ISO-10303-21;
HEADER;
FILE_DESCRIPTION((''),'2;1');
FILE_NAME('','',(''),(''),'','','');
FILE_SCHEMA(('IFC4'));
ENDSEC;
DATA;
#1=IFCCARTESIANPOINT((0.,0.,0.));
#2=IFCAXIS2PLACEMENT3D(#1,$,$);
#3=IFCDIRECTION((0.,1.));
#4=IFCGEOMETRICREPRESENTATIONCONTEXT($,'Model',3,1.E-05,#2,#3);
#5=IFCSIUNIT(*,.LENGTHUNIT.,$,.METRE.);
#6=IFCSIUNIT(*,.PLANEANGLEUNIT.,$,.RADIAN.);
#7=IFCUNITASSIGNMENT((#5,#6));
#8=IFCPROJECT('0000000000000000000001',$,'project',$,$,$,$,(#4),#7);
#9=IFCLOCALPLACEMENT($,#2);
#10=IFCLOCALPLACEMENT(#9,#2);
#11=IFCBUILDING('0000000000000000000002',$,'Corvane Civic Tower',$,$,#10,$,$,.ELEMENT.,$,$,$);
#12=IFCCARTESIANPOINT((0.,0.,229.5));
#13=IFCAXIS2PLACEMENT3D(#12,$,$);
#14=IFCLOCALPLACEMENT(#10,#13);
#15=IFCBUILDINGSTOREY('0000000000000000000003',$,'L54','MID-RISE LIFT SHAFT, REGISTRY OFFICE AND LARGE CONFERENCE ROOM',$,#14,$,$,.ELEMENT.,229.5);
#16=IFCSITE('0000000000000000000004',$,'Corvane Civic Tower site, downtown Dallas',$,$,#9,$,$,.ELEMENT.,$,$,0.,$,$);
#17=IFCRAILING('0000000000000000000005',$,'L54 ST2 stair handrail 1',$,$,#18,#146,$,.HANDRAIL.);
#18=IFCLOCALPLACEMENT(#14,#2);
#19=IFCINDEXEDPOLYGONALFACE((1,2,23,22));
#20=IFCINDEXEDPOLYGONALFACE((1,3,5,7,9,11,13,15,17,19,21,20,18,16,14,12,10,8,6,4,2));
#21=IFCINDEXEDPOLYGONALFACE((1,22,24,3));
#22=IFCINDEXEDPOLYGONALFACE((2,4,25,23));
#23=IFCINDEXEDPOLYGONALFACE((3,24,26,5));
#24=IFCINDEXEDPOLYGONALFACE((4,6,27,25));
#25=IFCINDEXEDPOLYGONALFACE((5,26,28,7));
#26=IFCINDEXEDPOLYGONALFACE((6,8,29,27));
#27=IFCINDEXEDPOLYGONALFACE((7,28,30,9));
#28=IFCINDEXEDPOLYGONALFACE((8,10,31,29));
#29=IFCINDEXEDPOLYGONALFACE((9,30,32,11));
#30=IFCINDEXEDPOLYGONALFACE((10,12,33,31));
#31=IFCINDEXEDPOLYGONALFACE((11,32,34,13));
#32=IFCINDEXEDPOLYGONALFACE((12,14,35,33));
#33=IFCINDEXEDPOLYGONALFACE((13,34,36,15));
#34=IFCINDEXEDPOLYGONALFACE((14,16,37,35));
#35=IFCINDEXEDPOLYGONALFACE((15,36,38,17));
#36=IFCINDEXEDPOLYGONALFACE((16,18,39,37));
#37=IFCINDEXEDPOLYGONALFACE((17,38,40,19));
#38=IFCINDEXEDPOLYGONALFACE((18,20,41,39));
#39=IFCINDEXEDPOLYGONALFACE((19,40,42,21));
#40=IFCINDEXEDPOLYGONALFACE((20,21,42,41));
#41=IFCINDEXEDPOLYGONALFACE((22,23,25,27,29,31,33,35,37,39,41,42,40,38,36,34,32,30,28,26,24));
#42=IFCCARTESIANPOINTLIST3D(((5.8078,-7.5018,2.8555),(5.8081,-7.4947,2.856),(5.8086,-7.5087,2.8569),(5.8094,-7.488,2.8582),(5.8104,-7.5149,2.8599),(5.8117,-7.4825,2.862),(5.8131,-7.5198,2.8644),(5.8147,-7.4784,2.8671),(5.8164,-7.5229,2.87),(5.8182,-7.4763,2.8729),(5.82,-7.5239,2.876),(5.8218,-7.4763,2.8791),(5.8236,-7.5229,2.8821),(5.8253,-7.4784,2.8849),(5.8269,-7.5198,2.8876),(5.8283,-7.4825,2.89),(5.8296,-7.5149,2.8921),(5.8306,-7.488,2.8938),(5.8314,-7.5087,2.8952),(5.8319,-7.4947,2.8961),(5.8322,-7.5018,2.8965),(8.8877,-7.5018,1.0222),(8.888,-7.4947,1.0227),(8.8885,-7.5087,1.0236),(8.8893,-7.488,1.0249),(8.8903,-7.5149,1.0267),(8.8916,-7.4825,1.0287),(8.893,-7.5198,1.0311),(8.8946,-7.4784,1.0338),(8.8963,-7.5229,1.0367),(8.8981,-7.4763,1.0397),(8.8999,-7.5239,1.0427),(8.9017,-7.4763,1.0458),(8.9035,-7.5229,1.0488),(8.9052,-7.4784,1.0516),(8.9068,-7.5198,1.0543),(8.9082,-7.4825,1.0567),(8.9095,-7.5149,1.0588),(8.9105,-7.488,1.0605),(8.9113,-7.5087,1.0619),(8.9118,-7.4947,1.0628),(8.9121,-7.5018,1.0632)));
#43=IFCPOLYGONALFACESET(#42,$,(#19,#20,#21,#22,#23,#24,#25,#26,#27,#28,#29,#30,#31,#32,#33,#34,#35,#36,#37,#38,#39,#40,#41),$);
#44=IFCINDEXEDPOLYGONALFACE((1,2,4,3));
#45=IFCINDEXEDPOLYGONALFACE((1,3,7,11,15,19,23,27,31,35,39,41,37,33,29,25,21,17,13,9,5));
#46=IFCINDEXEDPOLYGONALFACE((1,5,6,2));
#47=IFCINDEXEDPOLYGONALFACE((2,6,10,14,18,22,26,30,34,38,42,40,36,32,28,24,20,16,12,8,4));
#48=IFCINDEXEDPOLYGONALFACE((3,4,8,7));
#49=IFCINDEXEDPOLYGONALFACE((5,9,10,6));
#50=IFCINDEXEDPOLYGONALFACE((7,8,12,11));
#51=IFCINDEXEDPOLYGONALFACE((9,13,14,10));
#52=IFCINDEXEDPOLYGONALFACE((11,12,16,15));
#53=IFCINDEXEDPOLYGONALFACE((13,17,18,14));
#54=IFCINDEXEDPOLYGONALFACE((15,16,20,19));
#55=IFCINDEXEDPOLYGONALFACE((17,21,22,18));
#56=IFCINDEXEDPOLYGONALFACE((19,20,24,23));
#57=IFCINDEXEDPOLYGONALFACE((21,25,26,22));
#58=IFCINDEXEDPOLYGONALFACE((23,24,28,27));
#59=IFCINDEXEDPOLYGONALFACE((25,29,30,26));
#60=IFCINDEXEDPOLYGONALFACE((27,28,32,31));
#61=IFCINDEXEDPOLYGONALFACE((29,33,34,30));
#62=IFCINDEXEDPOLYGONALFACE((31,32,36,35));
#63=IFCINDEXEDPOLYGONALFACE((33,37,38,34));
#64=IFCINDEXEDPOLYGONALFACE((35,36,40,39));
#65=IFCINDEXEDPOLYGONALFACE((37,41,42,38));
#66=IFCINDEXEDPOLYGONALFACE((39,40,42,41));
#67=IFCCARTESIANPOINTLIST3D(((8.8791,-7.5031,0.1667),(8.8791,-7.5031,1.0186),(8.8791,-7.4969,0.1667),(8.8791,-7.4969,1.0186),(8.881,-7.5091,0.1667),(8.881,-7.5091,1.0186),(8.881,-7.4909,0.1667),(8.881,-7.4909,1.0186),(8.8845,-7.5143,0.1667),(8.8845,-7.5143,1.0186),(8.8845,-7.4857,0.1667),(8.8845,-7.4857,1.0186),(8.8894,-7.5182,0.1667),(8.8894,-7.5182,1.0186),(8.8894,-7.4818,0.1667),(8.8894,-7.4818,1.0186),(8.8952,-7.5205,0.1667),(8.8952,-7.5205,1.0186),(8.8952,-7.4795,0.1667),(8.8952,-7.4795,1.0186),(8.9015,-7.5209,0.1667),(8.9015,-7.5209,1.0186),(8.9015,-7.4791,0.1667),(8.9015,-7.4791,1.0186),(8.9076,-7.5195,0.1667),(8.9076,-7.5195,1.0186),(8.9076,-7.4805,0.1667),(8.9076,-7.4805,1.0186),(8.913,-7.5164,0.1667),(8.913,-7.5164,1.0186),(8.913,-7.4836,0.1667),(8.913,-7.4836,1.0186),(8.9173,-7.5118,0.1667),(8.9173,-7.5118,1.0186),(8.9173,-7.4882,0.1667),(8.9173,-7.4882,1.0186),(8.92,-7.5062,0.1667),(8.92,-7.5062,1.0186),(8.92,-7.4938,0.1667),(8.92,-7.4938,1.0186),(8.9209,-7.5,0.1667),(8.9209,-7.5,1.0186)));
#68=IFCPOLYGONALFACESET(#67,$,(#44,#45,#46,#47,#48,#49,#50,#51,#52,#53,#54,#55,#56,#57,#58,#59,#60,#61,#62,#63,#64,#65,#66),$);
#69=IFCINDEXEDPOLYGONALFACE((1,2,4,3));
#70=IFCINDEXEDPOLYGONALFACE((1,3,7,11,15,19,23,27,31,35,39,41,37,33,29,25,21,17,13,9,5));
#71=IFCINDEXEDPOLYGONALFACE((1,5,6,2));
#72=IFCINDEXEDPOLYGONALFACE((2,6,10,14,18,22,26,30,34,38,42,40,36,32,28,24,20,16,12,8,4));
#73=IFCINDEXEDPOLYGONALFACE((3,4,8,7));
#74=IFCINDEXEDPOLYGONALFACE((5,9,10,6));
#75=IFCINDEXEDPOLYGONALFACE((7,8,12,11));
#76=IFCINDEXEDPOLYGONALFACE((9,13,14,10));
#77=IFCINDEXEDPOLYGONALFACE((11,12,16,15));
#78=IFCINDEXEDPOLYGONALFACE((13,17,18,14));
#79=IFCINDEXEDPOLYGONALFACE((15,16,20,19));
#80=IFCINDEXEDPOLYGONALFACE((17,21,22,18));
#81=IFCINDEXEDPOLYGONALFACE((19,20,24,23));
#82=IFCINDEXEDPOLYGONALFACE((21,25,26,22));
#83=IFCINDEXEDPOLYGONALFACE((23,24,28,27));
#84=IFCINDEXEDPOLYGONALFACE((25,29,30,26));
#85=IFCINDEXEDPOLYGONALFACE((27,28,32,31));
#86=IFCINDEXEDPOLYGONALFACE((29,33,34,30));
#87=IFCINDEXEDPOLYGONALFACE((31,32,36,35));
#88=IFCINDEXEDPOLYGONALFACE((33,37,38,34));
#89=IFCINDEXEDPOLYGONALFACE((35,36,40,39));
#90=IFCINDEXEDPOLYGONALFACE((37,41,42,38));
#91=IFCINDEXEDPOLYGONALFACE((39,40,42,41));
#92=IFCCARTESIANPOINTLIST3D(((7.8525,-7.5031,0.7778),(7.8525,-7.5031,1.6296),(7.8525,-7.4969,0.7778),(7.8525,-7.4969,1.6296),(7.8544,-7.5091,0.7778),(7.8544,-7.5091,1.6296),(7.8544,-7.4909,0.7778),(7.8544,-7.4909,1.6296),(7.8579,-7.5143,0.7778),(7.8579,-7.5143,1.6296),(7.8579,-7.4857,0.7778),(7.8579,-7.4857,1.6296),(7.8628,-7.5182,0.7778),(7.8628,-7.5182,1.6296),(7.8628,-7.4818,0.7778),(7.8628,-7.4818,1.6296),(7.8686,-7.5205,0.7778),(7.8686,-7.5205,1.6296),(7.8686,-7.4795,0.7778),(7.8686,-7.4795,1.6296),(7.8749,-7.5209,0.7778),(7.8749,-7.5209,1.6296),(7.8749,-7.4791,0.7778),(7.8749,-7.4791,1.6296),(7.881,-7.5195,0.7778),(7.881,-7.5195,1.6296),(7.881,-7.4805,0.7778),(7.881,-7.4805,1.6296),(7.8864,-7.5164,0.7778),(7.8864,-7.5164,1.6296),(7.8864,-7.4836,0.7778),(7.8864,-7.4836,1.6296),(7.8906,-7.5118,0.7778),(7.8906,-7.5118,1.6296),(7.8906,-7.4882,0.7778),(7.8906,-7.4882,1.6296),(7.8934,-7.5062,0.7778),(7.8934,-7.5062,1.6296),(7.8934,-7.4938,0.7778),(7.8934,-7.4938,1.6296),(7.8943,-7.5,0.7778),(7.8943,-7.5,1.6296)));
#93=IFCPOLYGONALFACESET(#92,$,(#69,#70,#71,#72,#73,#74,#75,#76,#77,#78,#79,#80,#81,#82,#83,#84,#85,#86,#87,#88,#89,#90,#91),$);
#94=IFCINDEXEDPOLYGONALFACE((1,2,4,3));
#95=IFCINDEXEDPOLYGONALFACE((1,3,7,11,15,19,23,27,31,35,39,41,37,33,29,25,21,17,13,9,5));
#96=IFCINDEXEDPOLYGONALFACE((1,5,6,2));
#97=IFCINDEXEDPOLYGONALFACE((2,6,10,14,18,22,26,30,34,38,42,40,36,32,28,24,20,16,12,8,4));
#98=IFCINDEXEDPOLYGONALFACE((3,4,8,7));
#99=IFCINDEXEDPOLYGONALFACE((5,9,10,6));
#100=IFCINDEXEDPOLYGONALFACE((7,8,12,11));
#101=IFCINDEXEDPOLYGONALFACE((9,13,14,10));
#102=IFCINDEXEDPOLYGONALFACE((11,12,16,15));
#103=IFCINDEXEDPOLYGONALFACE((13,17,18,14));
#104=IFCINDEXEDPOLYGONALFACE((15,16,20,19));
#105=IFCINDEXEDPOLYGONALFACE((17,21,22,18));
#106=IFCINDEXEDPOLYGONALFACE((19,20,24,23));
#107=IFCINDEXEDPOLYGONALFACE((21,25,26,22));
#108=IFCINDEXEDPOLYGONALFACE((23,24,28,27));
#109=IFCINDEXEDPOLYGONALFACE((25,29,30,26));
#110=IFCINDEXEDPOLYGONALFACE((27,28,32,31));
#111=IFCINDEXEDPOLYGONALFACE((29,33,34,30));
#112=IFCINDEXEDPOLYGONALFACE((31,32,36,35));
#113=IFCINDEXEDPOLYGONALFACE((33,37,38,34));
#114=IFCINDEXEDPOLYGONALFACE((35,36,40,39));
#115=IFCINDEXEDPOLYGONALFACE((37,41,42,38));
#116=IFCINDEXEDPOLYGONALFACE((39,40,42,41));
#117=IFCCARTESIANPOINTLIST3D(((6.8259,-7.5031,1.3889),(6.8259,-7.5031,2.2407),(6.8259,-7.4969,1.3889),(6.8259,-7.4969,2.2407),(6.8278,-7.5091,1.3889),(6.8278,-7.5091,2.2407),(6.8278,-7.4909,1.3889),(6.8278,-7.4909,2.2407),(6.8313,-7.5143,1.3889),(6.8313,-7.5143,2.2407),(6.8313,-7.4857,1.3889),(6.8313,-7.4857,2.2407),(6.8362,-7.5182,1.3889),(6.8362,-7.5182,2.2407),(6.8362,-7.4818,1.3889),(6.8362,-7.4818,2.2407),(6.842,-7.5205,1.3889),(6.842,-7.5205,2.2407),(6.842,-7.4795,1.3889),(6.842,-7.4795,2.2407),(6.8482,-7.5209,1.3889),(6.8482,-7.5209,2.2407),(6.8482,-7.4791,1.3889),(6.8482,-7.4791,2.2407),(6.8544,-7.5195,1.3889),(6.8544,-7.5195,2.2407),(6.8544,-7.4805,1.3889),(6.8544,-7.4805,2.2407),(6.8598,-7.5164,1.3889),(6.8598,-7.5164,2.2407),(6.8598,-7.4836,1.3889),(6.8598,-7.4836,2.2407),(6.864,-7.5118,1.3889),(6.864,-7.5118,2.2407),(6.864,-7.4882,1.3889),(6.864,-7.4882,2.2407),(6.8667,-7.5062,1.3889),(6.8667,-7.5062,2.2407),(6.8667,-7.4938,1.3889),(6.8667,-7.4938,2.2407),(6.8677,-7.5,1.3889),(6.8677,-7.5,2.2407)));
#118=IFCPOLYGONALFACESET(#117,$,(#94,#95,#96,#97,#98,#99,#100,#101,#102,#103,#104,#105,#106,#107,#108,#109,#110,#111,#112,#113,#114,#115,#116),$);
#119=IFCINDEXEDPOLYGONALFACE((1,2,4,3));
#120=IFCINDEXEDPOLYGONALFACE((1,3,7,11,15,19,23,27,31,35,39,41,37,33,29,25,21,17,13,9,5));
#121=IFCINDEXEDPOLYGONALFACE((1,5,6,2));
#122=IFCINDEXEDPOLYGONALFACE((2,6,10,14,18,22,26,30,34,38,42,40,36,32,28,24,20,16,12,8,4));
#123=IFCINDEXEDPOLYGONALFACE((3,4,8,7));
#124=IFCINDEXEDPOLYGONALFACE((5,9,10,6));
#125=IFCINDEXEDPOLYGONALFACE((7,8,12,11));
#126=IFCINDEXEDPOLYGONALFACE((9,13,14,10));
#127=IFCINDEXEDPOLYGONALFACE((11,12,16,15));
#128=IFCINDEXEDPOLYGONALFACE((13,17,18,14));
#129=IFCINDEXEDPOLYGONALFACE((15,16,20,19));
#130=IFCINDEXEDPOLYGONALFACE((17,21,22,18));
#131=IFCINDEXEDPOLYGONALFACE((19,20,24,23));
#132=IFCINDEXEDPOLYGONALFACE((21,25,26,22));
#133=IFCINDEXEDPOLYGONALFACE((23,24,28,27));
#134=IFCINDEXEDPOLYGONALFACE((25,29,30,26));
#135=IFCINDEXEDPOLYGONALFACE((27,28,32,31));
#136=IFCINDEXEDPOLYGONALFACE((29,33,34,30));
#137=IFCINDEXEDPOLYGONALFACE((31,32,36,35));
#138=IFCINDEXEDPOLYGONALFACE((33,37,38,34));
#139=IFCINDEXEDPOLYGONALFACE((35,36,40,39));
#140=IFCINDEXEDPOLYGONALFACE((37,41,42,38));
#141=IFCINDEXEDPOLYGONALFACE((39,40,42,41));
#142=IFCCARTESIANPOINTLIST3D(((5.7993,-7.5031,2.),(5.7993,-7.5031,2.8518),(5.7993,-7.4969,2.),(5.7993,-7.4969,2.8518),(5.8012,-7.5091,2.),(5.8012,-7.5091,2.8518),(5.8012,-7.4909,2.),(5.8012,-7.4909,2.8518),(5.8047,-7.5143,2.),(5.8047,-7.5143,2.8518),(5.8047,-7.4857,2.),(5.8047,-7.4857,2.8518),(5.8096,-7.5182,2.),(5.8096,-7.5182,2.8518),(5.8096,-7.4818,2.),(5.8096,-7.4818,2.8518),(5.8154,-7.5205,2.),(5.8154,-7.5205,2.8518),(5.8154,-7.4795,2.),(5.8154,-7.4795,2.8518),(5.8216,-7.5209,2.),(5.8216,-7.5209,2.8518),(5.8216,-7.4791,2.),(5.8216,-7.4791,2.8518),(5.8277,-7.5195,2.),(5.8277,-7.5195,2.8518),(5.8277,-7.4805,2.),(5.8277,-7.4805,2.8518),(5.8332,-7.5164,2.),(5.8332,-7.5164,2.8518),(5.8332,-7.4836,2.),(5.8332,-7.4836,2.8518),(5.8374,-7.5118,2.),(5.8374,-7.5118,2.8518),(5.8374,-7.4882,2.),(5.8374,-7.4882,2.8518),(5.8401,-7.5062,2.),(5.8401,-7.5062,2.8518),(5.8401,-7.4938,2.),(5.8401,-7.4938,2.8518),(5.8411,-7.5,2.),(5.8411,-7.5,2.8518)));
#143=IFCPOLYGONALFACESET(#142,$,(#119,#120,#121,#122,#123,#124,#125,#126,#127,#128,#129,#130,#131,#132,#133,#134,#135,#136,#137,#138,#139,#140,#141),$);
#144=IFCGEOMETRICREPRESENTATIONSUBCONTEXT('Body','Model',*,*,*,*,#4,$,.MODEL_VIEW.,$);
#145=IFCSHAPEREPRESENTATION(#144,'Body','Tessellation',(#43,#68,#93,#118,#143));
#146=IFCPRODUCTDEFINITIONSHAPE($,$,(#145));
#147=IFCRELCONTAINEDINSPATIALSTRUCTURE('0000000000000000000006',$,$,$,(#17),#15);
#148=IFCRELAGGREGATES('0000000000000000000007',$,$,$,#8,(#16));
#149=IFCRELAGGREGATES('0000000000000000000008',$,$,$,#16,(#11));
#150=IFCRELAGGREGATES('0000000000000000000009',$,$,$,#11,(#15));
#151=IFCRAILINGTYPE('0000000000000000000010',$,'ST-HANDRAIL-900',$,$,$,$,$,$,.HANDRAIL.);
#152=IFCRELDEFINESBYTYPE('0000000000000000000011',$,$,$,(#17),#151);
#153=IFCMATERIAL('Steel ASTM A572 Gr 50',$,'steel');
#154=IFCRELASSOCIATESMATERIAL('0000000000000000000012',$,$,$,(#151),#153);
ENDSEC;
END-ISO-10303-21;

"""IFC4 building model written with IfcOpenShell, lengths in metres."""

from ifc_helpers import new_model, si_unit, direction, frame, origin, origin_2d, place, context, subcontext, project, spatial, circle, extrude, material, type_object, element, save


model = new_model("IFC4")

# Units and contexts
model_context = context("Model", 3, precision=1e-05, world=origin(), true_north=direction((0.0, 1.0)))
body_context = subcontext(model_context, "Body", "Model", "MODEL_VIEW")
ifc_project = project(units=[si_unit("LENGTHUNIT", "METRE"), si_unit("PLANEANGLEUNIT", "RADIAN")], contexts=[model_context])

# Site, building, storey
site_placement = place(None, origin())
site = spatial("IfcSite", under=ifc_project, at=site_placement, Name="Corvane Civic Tower site, downtown Dallas", CompositionType="ELEMENT", RefElevation=0.0)
building_placement = place(site_placement, origin())
building = spatial("IfcBuilding", under=site, at=building_placement, Name="Corvane Civic Tower", CompositionType="ELEMENT")
storey_placement = place(building_placement, frame((0.0, 0.0, 229.5)))
storey = spatial("IfcBuildingStorey", under=building, at=storey_placement, Name="L54", Description="MID-RISE LIFT SHAFT, REGISTRY OFFICE AND LARGE CONFERENCE ROOM", CompositionType="ELEMENT", Elevation=229.5)

# Railing
ifc_material_1 = material(Name="Steel ASTM A572 Gr 50", Category="steel")
railing_type = type_object("IfcRailingType", Name="ST-HANDRAIL-900", PredefinedType="HANDRAIL", material=ifc_material_1)
railing_placement = place(storey_placement, frame((8.8999, -7.5, 0.1667)))
element("IfcRailing", 1, at=railing_placement, inside=storey, type_object=railing_type, Name="L54 ST2 stair handrail 1", PredefinedType="HANDRAIL", context=body_context, shape_type="SweptSolid", body=[
    extrude(circle(Radius=0.0239, at=origin_2d()), frame((0.0, 0.0, 0.876), z_axis=(-0.859291, 0.0, 0.511487), x_axis=(0.0, -1.0, 0.0)), (0.0, 0.0, 1.0), 3.5842),
    extrude(circle(Radius=0.021, at=origin_2d()), origin(), (0.0, 0.0, 1.0), 0.8518),
    extrude(circle(Radius=0.021, at=origin_2d()), frame((-1.0266, 0.0, 0.6111)), (0.0, 0.0, 1.0), 0.8518),
    extrude(circle(Radius=0.021, at=origin_2d()), frame((-2.0532, 0.0, 1.2222)), (0.0, 0.0, 1.0), 0.8518),
    extrude(circle(Radius=0.021, at=origin_2d()), frame((-3.0798, 0.0, 1.8333)), (0.0, 0.0, 1.0), 0.8518),
])

save(model, "model.ifc")
